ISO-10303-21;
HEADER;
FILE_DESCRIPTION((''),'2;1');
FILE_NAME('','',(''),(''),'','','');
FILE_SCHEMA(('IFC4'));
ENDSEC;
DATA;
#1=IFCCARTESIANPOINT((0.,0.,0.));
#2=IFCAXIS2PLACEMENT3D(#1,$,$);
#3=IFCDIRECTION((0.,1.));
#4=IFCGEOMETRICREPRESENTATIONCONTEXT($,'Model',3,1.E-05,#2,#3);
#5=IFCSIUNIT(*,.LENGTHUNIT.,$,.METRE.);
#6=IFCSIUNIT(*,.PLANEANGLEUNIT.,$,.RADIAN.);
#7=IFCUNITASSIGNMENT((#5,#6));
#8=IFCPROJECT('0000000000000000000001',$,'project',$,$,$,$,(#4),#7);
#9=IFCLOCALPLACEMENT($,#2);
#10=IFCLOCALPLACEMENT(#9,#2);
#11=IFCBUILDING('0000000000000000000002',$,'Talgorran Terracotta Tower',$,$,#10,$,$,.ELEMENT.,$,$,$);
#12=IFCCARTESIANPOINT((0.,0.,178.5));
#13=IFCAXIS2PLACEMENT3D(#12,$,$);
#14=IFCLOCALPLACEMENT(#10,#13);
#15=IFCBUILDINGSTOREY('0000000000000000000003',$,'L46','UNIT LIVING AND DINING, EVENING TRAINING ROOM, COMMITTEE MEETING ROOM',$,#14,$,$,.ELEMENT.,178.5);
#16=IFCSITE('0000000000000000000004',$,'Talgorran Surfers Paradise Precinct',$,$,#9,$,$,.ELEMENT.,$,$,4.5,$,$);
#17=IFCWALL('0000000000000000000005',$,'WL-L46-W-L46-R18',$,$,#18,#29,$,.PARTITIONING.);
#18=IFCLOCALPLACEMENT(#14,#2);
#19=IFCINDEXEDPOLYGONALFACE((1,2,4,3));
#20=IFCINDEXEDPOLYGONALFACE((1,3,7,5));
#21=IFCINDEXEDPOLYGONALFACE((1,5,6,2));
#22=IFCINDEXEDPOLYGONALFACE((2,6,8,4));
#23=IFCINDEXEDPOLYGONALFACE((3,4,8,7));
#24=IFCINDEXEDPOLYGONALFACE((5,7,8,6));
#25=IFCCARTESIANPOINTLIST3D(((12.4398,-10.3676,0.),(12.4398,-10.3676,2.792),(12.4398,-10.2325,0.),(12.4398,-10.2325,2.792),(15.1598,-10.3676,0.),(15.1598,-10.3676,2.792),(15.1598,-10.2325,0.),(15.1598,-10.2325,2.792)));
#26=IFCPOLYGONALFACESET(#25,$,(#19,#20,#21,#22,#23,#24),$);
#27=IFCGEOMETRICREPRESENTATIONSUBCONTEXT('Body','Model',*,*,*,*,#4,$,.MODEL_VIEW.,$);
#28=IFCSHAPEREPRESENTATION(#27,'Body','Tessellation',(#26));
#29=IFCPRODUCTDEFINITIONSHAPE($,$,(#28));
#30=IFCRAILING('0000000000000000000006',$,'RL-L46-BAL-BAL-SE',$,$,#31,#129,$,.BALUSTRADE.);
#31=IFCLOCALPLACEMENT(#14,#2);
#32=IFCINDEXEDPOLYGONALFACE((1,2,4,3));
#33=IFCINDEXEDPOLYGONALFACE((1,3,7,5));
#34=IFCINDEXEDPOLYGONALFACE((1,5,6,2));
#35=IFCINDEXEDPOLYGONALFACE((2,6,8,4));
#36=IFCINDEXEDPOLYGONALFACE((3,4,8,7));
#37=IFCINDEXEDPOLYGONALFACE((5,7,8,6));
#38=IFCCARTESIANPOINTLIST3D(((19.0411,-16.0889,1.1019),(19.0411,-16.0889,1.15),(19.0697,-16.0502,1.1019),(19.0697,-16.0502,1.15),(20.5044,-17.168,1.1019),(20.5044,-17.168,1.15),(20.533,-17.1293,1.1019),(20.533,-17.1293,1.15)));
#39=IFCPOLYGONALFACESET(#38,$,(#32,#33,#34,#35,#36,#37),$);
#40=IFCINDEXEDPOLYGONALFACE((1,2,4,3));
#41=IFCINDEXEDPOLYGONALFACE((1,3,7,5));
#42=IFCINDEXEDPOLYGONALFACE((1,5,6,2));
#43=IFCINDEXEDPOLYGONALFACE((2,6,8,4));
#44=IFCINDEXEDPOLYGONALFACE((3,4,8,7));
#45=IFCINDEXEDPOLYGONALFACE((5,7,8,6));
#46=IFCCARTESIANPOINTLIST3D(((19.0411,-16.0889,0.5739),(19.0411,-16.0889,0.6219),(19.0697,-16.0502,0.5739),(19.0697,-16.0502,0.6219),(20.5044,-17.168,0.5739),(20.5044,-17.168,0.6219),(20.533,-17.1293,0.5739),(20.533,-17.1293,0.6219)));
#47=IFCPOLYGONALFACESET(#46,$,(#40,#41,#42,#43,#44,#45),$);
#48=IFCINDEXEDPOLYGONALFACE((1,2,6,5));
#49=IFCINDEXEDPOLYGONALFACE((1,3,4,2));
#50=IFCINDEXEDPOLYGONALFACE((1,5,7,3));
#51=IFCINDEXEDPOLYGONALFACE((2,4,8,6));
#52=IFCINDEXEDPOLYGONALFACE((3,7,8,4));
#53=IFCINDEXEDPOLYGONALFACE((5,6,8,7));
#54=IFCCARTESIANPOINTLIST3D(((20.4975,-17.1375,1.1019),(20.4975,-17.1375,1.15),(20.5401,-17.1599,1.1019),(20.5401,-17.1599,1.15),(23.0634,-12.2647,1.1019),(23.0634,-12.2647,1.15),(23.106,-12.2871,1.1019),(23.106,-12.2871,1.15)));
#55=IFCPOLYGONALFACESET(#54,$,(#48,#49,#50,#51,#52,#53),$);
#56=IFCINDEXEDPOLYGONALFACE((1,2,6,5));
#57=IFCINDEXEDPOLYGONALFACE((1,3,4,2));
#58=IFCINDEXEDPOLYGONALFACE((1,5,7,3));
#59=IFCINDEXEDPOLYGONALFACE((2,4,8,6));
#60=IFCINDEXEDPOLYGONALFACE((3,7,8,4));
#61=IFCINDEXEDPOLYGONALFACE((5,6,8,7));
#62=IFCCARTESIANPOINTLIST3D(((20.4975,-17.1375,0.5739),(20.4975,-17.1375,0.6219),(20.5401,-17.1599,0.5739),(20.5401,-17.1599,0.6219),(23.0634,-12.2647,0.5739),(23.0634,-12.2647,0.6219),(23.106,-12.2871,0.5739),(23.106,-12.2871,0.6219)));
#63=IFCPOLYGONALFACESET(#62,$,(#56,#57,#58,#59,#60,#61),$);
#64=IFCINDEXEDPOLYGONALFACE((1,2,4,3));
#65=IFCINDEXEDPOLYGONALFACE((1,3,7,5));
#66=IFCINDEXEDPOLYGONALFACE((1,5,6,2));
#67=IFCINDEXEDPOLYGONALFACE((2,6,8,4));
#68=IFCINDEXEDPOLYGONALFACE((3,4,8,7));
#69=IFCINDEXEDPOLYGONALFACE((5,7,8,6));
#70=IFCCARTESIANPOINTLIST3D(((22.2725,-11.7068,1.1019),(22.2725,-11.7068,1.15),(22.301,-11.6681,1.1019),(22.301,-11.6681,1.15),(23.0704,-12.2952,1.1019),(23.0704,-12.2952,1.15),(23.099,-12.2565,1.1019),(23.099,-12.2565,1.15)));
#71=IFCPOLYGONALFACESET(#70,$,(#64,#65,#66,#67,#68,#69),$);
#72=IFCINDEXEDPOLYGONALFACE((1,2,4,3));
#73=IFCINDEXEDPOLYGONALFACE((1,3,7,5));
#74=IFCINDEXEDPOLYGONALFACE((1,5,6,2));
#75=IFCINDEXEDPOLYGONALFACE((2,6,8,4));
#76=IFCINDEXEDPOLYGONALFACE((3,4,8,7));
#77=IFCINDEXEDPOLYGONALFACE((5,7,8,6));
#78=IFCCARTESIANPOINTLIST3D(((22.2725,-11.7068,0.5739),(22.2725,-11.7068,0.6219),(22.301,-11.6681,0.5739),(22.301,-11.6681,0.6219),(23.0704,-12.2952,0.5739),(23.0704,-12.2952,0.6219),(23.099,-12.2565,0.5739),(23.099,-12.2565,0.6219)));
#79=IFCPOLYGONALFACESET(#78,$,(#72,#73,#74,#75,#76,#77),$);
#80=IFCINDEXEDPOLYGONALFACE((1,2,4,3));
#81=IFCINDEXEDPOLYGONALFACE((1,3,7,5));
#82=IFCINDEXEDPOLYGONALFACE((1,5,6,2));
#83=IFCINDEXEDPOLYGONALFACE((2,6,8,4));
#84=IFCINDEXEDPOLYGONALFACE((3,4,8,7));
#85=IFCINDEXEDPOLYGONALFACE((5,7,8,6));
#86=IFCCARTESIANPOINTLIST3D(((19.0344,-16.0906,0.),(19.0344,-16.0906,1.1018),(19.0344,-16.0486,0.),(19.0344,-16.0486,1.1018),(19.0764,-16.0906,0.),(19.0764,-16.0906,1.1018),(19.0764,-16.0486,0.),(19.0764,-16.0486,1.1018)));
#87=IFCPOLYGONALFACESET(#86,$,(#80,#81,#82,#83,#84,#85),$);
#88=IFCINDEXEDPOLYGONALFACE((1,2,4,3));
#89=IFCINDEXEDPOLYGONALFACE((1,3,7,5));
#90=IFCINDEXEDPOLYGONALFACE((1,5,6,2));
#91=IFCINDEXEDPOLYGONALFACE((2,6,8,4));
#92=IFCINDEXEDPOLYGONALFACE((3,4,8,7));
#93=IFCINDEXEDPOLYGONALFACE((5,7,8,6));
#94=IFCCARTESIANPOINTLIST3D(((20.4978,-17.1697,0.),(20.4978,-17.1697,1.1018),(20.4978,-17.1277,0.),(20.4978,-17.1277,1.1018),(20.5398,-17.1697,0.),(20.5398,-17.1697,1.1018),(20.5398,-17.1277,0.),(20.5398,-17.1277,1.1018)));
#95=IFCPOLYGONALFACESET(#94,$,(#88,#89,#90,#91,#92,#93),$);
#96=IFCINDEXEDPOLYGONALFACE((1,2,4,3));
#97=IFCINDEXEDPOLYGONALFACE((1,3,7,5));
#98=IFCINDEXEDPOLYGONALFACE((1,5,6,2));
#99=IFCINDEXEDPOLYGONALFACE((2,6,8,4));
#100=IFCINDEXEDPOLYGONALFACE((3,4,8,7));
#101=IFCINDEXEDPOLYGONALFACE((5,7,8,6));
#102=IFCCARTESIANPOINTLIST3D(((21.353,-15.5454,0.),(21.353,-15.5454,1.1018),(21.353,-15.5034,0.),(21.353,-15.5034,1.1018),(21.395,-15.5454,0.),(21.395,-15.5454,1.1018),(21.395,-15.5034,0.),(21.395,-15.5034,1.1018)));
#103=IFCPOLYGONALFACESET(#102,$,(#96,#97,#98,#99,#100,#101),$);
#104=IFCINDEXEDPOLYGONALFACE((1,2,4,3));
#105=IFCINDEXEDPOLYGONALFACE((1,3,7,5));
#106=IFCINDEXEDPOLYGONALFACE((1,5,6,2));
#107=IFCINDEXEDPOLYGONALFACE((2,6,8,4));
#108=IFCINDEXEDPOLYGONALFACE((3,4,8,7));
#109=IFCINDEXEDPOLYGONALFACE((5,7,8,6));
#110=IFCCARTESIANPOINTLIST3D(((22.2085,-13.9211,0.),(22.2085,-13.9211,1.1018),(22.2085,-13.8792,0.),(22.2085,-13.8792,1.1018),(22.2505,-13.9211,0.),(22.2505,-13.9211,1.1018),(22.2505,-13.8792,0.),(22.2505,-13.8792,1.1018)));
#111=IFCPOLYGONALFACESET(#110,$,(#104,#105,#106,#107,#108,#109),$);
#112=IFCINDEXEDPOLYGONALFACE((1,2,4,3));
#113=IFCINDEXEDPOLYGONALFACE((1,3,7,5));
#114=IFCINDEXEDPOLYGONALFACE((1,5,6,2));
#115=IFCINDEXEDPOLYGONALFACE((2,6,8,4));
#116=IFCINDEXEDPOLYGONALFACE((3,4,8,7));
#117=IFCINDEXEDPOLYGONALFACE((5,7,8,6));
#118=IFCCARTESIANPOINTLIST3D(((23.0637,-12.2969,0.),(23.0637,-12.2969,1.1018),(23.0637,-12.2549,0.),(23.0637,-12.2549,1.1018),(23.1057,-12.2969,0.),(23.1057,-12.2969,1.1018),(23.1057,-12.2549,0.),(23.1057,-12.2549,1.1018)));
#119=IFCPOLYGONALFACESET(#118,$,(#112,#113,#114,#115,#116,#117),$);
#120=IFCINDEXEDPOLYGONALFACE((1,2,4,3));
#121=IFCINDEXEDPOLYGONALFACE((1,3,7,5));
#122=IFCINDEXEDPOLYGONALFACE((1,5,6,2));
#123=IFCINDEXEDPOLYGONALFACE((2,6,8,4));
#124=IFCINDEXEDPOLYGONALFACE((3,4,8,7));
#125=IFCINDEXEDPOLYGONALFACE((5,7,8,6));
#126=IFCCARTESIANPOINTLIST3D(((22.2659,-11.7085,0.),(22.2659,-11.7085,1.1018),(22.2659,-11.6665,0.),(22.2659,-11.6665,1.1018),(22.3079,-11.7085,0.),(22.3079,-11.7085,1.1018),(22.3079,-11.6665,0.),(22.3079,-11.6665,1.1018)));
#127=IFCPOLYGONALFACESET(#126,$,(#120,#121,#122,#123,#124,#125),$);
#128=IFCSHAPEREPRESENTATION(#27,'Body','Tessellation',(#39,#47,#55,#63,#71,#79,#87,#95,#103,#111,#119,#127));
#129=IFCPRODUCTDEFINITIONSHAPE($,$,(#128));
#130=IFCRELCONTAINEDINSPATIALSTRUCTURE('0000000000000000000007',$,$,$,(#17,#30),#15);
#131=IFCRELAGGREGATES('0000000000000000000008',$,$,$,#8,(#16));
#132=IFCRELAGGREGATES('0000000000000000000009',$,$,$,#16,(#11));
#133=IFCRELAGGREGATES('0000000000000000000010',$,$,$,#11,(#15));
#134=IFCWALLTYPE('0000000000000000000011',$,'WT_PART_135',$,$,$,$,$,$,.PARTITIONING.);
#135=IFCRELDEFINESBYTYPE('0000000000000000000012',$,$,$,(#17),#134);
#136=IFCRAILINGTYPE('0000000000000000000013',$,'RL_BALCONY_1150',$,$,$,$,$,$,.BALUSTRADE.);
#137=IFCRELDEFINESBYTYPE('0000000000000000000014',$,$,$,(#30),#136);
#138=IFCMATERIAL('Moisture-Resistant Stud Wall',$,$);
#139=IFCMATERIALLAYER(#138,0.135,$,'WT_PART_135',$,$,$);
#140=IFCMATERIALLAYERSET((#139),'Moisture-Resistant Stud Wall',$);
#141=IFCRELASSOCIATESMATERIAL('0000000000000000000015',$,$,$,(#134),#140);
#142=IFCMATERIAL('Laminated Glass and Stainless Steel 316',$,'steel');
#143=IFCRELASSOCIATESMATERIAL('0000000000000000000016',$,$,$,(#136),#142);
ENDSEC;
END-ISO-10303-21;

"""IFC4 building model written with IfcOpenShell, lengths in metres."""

from ifc_helpers import new_model, si_unit, direction, frame, frame_2d, origin, origin_2d, place, context, subcontext, project, spatial, rectangle, extrude, material, layer, layer_set, type_object, element, save


model = new_model("IFC4")

# Units and contexts
model_context = context("Model", 3, precision=1e-05, world=origin(), true_north=direction((0.0, 1.0)))
body_context = subcontext(model_context, "Body", "Model", "MODEL_VIEW")
ifc_project = project(units=[si_unit("LENGTHUNIT", "METRE"), si_unit("PLANEANGLEUNIT", "RADIAN")], contexts=[model_context])

# Site, building, storey
site_placement = place(None, origin())
site = spatial("IfcSite", under=ifc_project, at=site_placement, Name="Talgorran Surfers Paradise Precinct", CompositionType="ELEMENT", RefElevation=4.5)
building_placement = place(site_placement, origin())
building = spatial("IfcBuilding", under=site, at=building_placement, Name="Talgorran Terracotta Tower", CompositionType="ELEMENT")
storey_placement = place(building_placement, frame((0.0, 0.0, 178.5)))
storey = spatial("IfcBuildingStorey", under=building, at=storey_placement, Name="L46", Description="UNIT LIVING AND DINING, EVENING TRAINING ROOM, COMMITTEE MEETING ROOM", CompositionType="ELEMENT", Elevation=178.5)

# Wall
ifc_material_1 = material(Name="Moisture-Resistant Stud Wall")
ifc_layer_1 = layer(ifc_material_1, 0.135, Name="WT_PART_135")
ifc_layer_set_1 = layer_set([ifc_layer_1], Name="Moisture-Resistant Stud Wall")
wall_type_1 = type_object("IfcWallType", Name="WT_PART_135", PredefinedType="PARTITIONING", material=ifc_layer_set_1)
wall_1_placement = place(storey_placement, frame((12.4399, -10.3, 0.0), z_axis=(0.0, 0.0, 1.0), x_axis=(1.0, 0.0, 0.0)))
element("IfcWall", 1, at=wall_1_placement, inside=storey, type_object=wall_type_1, Name="WL-L46-W-L46-R18", PredefinedType="PARTITIONING", context=body_context, shape_type="SweptSolid", body=[
    extrude(rectangle(XDim=2.72, YDim=0.135, at=frame_2d((1.3599, 0.0))), origin(), (0.0, 0.0, 1.0), 2.792),
])

# Railing
ifc_material_2 = material(Name="Laminated Glass and Stainless Steel 316", Category="steel")
railing_type = type_object("IfcRailingType", Name="RL_BALCONY_1150", PredefinedType="BALUSTRADE", material=ifc_material_2)
railing_placement = place(storey_placement, frame((19.0554, -16.0696, 0.0)))
element("IfcRailing", 2, at=railing_placement, inside=storey, type_object=railing_type, Name="RL-L46-BAL-BAL-SE", PredefinedType="BALUSTRADE", context=body_context, shape_type="SweptSolid", body=[
    extrude(rectangle(XDim=0.0481, YDim=0.0481, at=origin_2d()), frame((0.0, 0.0, 1.126), z_axis=(0.80484, -0.593492, 0.0), x_axis=(0.593492, 0.80484, 0.0)), (0.0, 0.0, 1.0), 1.8181),
    extrude(rectangle(XDim=0.0481, YDim=0.0481, at=origin_2d()), frame((0.0, 0.0, 0.5979), z_axis=(0.80484, -0.593492, 0.0), x_axis=(0.593492, 0.80484, 0.0)), (0.0, 0.0, 1.0), 1.8181),
    extrude(rectangle(XDim=0.0481, YDim=0.0481, at=origin_2d()), frame((1.4634, -1.0791, 1.126), z_axis=(0.465929, 0.884822, 0.0), x_axis=(-0.884822, 0.465929, 0.0)), (0.0, 0.0, 1.0), 5.5071),
    extrude(rectangle(XDim=0.0481, YDim=0.0481, at=origin_2d()), frame((1.4634, -1.0791, 0.5979), z_axis=(0.465929, 0.884822, 0.0), x_axis=(-0.884822, 0.465929, 0.0)), (0.0, 0.0, 1.0), 5.5071),
    extrude(rectangle(XDim=0.0481, YDim=0.0481, at=origin_2d()), frame((4.0293, 3.7937, 1.126), z_axis=(-0.804821, 0.593518, 0.0), x_axis=(-0.593518, -0.804821, 0.0)), (0.0, 0.0, 1.0), 0.9915),
    extrude(rectangle(XDim=0.0481, YDim=0.0481, at=origin_2d()), frame((4.0293, 3.7937, 0.5979), z_axis=(-0.804821, 0.593518, 0.0), x_axis=(-0.593518, -0.804821, 0.0)), (0.0, 0.0, 1.0), 0.9915),
    extrude(rectangle(XDim=0.042, YDim=0.042, at=origin_2d()), origin(), (0.0, 0.0, 1.0), 1.1018),
    extrude(rectangle(XDim=0.042, YDim=0.042, at=origin_2d()), frame((1.4634, -1.0791, 0.0)), (0.0, 0.0, 1.0), 1.1018),
    extrude(rectangle(XDim=0.042, YDim=0.042, at=origin_2d()), frame((2.3186, 0.5452, 0.0)), (0.0, 0.0, 1.0), 1.1018),
    extrude(rectangle(XDim=0.042, YDim=0.042, at=origin_2d()), frame((3.1741, 2.1694, 0.0)), (0.0, 0.0, 1.0), 1.1018),
    extrude(rectangle(XDim=0.042, YDim=0.042, at=origin_2d()), frame((4.0293, 3.7937, 0.0)), (0.0, 0.0, 1.0), 1.1018),
    extrude(rectangle(XDim=0.042, YDim=0.042, at=origin_2d()), frame((3.2314, 4.3821, 0.0)), (0.0, 0.0, 1.0), 1.1018),
])

save(model, "model.ifc")
